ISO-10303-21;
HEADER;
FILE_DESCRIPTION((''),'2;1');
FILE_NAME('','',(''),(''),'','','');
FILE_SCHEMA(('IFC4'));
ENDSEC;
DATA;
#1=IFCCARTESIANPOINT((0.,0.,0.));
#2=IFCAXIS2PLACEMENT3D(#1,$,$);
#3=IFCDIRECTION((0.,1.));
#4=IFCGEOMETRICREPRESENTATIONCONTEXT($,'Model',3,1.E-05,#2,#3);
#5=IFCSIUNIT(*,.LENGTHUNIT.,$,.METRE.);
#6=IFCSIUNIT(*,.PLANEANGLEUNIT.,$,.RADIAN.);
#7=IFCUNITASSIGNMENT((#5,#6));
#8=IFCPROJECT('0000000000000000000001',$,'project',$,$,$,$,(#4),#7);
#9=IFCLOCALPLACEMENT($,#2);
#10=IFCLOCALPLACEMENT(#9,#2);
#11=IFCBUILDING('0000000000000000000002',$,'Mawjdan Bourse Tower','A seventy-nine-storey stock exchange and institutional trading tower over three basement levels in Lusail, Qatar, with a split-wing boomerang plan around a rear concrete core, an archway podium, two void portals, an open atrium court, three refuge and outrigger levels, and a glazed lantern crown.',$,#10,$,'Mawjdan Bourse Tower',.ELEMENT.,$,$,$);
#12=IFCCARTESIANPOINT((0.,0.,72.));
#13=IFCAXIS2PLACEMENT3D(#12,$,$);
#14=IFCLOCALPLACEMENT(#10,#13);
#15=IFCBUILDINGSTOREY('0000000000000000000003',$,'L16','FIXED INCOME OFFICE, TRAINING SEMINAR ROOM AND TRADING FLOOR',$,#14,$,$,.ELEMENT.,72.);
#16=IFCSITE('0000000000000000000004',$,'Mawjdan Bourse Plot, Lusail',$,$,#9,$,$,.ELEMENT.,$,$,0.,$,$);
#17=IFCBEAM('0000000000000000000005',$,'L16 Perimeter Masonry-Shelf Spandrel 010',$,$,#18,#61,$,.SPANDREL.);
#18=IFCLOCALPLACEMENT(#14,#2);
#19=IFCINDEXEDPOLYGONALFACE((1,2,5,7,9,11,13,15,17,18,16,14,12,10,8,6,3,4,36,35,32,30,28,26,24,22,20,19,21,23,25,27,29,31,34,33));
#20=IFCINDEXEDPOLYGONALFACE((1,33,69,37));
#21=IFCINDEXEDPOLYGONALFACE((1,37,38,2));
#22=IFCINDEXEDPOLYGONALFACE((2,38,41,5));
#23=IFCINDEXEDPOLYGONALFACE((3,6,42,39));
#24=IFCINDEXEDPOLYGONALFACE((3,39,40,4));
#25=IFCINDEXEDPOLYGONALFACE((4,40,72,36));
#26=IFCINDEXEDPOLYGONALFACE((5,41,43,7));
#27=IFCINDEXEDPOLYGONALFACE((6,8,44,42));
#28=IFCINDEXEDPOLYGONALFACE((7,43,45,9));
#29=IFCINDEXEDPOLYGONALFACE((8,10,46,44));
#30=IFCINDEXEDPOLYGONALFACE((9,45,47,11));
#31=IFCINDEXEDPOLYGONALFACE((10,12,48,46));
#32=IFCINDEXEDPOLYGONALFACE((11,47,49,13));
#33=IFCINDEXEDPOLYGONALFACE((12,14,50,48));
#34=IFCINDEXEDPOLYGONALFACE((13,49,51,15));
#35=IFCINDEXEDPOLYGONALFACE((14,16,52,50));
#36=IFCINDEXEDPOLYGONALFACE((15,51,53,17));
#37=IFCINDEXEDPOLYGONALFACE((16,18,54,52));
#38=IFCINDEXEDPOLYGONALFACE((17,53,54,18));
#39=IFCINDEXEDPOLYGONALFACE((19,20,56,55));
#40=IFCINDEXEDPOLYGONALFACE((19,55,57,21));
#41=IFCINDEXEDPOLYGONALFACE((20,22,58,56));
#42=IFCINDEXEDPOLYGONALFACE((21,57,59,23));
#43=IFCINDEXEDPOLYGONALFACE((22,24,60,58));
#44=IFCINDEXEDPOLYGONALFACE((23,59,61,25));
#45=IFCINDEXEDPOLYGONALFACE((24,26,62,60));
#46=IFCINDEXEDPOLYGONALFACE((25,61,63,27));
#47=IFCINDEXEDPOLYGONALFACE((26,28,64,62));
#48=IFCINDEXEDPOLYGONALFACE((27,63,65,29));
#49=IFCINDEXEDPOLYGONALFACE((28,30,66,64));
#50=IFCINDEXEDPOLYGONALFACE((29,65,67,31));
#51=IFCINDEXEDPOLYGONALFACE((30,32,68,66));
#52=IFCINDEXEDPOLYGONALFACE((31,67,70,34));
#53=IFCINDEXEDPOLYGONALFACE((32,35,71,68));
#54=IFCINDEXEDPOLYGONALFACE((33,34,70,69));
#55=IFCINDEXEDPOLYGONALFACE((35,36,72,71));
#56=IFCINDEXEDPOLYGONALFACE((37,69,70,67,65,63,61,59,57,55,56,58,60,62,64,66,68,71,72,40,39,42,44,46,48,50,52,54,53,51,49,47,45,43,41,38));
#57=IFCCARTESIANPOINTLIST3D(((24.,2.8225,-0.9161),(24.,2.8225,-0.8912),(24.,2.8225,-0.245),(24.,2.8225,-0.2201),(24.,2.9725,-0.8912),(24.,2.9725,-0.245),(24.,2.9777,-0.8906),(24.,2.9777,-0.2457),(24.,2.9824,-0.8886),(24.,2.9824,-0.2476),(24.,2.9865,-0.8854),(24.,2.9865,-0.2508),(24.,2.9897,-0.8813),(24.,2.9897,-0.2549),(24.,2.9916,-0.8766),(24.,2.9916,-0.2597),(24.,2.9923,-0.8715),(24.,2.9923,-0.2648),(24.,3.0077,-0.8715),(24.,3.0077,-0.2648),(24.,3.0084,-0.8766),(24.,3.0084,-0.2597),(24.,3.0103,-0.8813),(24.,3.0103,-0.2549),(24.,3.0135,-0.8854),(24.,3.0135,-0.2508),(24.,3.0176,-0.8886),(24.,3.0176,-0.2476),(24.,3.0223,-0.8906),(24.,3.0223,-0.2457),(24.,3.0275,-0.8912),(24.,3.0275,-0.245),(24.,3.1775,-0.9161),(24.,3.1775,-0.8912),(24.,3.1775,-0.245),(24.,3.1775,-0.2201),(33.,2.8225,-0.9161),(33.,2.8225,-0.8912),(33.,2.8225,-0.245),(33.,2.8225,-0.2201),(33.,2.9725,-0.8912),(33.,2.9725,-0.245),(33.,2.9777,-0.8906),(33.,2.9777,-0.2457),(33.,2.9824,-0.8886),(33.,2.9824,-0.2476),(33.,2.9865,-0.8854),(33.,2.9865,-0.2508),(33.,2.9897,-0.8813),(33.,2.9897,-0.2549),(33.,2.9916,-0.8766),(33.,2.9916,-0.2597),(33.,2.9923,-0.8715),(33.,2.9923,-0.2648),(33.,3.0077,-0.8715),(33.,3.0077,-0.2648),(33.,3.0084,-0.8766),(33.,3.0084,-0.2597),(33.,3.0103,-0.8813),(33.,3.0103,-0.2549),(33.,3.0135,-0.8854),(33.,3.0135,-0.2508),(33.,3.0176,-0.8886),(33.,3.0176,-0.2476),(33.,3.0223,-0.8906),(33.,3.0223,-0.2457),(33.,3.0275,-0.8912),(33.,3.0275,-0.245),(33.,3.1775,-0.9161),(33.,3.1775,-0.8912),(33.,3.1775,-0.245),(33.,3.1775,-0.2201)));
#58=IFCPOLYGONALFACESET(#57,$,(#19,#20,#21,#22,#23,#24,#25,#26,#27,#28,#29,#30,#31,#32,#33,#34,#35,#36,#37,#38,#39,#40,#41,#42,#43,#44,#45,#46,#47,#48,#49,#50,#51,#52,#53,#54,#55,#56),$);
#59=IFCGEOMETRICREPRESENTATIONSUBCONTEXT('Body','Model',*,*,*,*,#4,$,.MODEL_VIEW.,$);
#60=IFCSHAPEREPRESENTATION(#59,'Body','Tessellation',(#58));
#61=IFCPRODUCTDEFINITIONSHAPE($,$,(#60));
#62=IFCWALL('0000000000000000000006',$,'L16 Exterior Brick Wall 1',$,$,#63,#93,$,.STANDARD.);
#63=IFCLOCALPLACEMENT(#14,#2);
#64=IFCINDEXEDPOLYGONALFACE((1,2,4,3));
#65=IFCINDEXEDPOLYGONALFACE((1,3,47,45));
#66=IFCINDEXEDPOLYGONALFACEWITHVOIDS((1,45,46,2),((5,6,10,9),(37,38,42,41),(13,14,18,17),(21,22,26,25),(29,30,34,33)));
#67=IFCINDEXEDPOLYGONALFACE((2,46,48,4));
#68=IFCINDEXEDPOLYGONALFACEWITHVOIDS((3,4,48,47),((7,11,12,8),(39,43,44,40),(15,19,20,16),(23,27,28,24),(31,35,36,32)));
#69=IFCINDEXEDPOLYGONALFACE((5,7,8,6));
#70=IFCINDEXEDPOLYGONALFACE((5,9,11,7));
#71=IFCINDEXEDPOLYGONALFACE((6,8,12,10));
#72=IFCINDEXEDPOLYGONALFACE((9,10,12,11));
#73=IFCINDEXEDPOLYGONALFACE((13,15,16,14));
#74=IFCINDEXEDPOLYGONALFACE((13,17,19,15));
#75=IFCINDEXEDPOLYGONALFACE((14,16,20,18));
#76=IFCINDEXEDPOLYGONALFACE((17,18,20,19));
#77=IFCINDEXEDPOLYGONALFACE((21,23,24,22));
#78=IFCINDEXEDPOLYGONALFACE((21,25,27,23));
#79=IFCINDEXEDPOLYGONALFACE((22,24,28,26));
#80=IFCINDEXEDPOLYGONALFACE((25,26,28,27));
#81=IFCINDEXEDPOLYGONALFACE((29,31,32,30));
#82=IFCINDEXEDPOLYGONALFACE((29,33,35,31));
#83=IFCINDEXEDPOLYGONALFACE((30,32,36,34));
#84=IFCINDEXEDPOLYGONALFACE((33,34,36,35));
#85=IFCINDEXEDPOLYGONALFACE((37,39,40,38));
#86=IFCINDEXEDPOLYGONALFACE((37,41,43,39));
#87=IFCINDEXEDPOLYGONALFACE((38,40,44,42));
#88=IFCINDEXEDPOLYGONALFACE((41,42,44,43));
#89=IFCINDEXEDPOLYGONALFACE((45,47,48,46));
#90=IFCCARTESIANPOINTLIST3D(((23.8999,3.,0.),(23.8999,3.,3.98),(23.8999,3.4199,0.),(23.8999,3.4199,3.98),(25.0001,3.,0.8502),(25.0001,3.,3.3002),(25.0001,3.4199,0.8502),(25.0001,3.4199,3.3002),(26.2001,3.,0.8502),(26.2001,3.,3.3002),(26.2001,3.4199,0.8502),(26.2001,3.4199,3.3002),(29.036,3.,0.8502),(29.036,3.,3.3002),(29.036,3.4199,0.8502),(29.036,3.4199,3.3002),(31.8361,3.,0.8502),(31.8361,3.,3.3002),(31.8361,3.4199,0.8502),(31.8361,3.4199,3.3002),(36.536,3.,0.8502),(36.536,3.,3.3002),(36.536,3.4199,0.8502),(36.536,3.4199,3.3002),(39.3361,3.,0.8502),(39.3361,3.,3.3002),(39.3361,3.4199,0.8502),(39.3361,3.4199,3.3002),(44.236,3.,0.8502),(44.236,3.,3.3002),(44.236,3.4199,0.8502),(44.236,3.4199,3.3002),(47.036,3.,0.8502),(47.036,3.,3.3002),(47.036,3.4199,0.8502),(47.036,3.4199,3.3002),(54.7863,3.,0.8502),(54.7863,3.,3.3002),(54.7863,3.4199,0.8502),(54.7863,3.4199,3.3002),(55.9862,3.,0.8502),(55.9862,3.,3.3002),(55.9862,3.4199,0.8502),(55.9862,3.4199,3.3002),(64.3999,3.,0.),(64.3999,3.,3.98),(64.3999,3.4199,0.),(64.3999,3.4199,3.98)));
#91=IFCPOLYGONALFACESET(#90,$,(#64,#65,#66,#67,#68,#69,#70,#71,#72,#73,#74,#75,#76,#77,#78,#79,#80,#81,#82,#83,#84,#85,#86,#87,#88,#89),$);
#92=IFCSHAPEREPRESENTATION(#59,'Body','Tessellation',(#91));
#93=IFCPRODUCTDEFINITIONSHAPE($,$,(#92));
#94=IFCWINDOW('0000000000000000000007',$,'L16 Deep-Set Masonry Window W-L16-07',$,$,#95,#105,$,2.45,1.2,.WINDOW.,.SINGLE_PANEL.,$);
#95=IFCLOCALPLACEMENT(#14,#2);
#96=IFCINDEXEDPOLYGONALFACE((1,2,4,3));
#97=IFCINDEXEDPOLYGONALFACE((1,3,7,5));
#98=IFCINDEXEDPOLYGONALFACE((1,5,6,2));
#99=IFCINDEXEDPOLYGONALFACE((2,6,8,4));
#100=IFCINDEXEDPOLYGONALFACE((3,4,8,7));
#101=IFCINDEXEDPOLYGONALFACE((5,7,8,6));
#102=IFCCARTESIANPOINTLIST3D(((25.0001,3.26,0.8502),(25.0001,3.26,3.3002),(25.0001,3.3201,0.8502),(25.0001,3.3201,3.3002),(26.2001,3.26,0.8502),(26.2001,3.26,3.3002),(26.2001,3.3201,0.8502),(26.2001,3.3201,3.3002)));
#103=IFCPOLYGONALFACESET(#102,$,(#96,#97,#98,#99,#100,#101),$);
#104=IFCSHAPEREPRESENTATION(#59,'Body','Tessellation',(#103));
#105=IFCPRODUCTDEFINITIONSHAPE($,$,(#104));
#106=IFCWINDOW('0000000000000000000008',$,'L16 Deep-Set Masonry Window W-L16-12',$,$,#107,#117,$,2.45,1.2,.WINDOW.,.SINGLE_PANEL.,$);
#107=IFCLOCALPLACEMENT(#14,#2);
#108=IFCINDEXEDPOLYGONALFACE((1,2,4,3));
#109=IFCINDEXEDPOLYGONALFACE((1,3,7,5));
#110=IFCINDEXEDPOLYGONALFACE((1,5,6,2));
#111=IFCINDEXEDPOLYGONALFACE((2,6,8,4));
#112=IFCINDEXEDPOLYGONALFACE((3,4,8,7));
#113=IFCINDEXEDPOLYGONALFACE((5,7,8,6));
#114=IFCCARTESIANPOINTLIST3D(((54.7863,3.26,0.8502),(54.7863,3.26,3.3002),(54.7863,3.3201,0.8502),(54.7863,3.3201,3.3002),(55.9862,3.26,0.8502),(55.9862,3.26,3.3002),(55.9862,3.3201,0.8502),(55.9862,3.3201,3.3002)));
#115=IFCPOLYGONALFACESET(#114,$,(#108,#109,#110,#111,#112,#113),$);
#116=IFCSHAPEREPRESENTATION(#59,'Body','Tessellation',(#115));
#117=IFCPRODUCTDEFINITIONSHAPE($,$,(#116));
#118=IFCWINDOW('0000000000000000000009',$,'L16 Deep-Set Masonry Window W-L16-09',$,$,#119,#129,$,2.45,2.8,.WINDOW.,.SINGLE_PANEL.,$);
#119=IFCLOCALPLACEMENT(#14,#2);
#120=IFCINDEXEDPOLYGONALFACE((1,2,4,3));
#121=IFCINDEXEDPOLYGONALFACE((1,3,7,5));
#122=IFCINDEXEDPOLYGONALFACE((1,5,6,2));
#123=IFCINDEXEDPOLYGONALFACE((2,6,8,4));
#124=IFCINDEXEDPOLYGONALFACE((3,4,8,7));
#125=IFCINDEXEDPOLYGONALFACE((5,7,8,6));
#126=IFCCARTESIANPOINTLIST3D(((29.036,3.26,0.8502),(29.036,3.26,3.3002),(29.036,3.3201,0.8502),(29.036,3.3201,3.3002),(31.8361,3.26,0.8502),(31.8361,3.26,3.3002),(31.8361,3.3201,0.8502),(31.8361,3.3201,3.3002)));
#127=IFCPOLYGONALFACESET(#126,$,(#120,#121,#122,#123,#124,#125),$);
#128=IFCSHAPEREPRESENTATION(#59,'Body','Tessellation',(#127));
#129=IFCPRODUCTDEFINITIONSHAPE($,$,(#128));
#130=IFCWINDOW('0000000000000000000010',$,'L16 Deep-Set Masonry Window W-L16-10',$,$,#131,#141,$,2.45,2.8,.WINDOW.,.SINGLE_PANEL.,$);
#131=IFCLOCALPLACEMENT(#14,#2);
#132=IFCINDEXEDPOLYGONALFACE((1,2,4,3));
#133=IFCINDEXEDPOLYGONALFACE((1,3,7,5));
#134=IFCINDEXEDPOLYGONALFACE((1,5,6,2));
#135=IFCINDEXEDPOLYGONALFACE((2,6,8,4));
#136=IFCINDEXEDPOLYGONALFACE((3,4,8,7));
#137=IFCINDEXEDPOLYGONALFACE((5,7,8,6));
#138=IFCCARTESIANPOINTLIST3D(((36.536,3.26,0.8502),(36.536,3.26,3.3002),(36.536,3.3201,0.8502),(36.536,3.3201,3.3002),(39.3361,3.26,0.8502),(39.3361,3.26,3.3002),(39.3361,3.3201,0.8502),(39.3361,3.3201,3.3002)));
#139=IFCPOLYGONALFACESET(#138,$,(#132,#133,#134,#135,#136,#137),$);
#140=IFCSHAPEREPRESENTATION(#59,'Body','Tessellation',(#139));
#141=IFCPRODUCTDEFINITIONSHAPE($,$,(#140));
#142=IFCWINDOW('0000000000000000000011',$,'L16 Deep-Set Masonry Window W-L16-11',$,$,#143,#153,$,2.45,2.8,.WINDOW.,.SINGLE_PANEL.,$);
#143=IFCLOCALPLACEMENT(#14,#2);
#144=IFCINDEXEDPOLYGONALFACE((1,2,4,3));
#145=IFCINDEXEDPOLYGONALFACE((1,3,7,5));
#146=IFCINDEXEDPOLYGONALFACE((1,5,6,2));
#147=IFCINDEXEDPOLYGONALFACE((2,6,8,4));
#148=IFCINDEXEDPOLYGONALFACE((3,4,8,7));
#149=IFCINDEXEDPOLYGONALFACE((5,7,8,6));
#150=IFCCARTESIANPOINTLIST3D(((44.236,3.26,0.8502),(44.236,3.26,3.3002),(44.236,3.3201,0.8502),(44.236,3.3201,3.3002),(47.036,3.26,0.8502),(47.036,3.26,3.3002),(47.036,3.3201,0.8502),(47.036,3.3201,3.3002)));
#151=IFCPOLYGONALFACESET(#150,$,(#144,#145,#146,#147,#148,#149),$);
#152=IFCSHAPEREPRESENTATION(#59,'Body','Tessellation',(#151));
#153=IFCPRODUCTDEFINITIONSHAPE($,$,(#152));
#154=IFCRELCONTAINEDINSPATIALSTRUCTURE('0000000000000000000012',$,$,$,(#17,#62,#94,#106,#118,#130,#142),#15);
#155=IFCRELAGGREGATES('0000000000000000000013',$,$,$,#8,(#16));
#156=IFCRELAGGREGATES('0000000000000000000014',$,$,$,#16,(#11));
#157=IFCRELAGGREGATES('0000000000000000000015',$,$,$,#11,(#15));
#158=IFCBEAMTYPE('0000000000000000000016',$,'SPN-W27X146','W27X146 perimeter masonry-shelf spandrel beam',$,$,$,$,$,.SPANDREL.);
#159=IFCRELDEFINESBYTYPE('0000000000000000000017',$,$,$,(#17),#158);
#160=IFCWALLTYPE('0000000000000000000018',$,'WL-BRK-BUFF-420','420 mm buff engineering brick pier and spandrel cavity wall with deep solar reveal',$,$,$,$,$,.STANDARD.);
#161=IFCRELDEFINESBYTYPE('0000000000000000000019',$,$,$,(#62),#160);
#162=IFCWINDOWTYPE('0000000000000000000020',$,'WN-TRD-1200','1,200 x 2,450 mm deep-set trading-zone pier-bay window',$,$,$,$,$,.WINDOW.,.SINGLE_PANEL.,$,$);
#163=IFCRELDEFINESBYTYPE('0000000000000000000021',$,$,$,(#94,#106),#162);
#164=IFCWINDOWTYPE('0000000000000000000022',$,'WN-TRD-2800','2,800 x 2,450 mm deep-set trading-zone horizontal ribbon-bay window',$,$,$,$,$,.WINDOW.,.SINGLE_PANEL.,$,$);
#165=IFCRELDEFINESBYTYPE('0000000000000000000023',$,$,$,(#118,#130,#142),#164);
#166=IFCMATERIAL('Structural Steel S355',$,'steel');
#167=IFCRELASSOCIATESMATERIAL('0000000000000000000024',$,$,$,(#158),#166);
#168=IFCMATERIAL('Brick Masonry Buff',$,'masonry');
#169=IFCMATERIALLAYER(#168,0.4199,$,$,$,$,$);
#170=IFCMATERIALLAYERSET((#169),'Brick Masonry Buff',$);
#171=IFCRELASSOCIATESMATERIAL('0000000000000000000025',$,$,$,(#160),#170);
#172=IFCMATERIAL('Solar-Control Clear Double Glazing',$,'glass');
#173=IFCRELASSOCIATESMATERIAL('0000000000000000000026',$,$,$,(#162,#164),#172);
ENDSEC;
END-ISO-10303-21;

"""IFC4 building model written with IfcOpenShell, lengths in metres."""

from ifc_helpers import new_model, si_unit, direction, frame, frame_2d, origin, origin_2d, place, context, subcontext, project, spatial, rectangle, i_section, extrude, material, layer, layer_set, material_profile, profile_set, type_object, element, fill, save


model = new_model("IFC4")

# Units and contexts
model_context = context("Model", 3, precision=1e-05, world=origin(), true_north=direction((0.0, 1.0)))
body_context = subcontext(model_context, "Body", "Model", "MODEL_VIEW")
ifc_project = project(units=[si_unit("LENGTHUNIT", "METRE"), si_unit("PLANEANGLEUNIT", "RADIAN")], contexts=[model_context])

# Site, building, storey
site_placement = place(None, origin())
site = spatial("IfcSite", under=ifc_project, at=site_placement, Name="Mawjdan Bourse Plot, Lusail", CompositionType="ELEMENT", RefElevation=0.0)
building_placement = place(site_placement, origin())
building = spatial("IfcBuilding", under=site, at=building_placement, Name="Mawjdan Bourse Tower", Description="A seventy-nine-storey stock exchange and institutional trading tower over three basement levels in Lusail, Qatar, with a split-wing boomerang plan around a rear concrete core, an archway podium, two void portals, an open atrium court, three refuge and outrigger levels, and a glazed lantern crown.", LongName="Mawjdan Bourse Tower", CompositionType="ELEMENT")
storey_placement = place(building_placement, frame((0.0, 0.0, 72.0)))
storey = spatial("IfcBuildingStorey", under=building, at=storey_placement, Name="L16", Description="FIXED INCOME OFFICE, TRAINING SEMINAR ROOM AND TRADING FLOOR", CompositionType="ELEMENT", Elevation=72.0)

# Beam
ifc_material_1 = material(Name="Structural Steel S355", Category="steel")
ifc_material_profile_1 = material_profile(ifc_material_1, i_section(OverallWidth=0.355, OverallDepth=0.696, WebThickness=0.0154, FlangeThickness=0.0249, FilletRadius=0.0198, at=origin_2d()), Name="W27X146")
ifc_profile_set_1 = profile_set([ifc_material_profile_1], Name="Structural Steel S355")
beam_type_1 = type_object("IfcBeamType", Name="SPN-W27X146", Description="W27X146 perimeter masonry-shelf spandrel beam", PredefinedType="SPANDREL", material=ifc_profile_set_1)
beam_1_placement = place(storey_placement, frame((24.0, 3.0, -0.5681), z_axis=(1.0, 0.0, 0.0), x_axis=(0.0, 1.0, 0.0)))
element("IfcBeam", 1, at=beam_1_placement, inside=storey, type_object=beam_type_1, Name="L16 Perimeter Masonry-Shelf Spandrel 010", PredefinedType="SPANDREL", context=body_context, shape_type="SweptSolid", body=[
    extrude(i_section(OverallWidth=0.355, OverallDepth=0.696, WebThickness=0.0154, FlangeThickness=0.0249, FilletRadius=0.0198, at=origin_2d()), origin(), (0.0, 0.0, 1.0), 9.0),
])

# Wall, openings, windows
ifc_material_2 = material(Name="Brick Masonry Buff", Category="masonry")
ifc_layer_1 = layer(ifc_material_2, 0.4199)
ifc_layer_set_1 = layer_set([ifc_layer_1], Name="Brick Masonry Buff")
wall_type_1 = type_object("IfcWallType", Name="WL-BRK-BUFF-420", Description="420 mm buff engineering brick pier and spandrel cavity wall with deep solar reveal", PredefinedType="STANDARD", material=ifc_layer_set_1)
wall_1_placement = place(storey_placement, frame((23.8999, 3.21, 0.0), z_axis=(0.0, 0.0, 1.0), x_axis=(1.0, 0.0, 0.0)))
wall_1 = element("IfcWall", 2, at=wall_1_placement, inside=storey, type_object=wall_type_1, Name="L16 Exterior Brick Wall 1", PredefinedType="STANDARD", context=body_context, shape_type="SweptSolid", body=[
    extrude(rectangle(XDim=40.5, YDim=0.4199, at=frame_2d((20.25, 0.0))), origin(), (0.0, 0.0, 1.0), 3.98),
])
opening_1_placement = place(wall_1_placement, frame((1.1001, 0.0, 0.8501)))
opening_1 = element("IfcOpeningElement", 3, at=opening_1_placement, cuts=wall_1, PredefinedType="OPENING", context=body_context, shape_type="SweptSolid", body=[
    extrude(rectangle(XDim=1.2, YDim=2.45, at=frame_2d((0.6001, 1.2251))), frame((0.0, 0.22, 0.0), z_axis=(0.0, -1.0, 0.0), x_axis=(1.0, 0.0, 0.0)), (0.0, 0.0, 1.0), 0.4399),
])
opening_2_placement = place(wall_1_placement, frame((5.1362, 0.0, 0.8501)))
opening_2 = element("IfcOpeningElement", 4, at=opening_2_placement, cuts=wall_1, PredefinedType="OPENING", context=body_context, shape_type="SweptSolid", body=[
    extrude(rectangle(XDim=2.8, YDim=2.45, at=frame_2d((1.3999, 1.2251))), frame((0.0, 0.22, 0.0), z_axis=(0.0, -1.0, 0.0), x_axis=(1.0, 0.0, 0.0)), (0.0, 0.0, 1.0), 0.4399),
])
opening_3_placement = place(wall_1_placement, frame((12.6362, 0.0, 0.8501)))
opening_3 = element("IfcOpeningElement", 5, at=opening_3_placement, cuts=wall_1, PredefinedType="OPENING", context=body_context, shape_type="SweptSolid", body=[
    extrude(rectangle(XDim=2.8, YDim=2.45, at=frame_2d((1.3999, 1.2251))), frame((0.0, 0.22, 0.0), z_axis=(0.0, -1.0, 0.0), x_axis=(1.0, 0.0, 0.0)), (0.0, 0.0, 1.0), 0.4399),
])
opening_4_placement = place(wall_1_placement, frame((20.3362, 0.0, 0.8501)))
opening_4 = element("IfcOpeningElement", 6, at=opening_4_placement, cuts=wall_1, PredefinedType="OPENING", context=body_context, shape_type="SweptSolid", body=[
    extrude(rectangle(XDim=2.8, YDim=2.45, at=frame_2d((1.3999, 1.2251))), frame((0.0, 0.22, 0.0), z_axis=(0.0, -1.0, 0.0), x_axis=(1.0, 0.0, 0.0)), (0.0, 0.0, 1.0), 0.4399),
])
opening_5_placement = place(wall_1_placement, frame((30.8862, 0.0, 0.8501)))
opening_5 = element("IfcOpeningElement", 7, at=opening_5_placement, cuts=wall_1, PredefinedType="OPENING", context=body_context, shape_type="SweptSolid", body=[
    extrude(rectangle(XDim=1.2, YDim=2.45, at=frame_2d((0.6001, 1.2251))), frame((0.0, 0.22, 0.0), z_axis=(0.0, -1.0, 0.0), x_axis=(1.0, 0.0, 0.0)), (0.0, 0.0, 1.0), 0.4399),
])
ifc_material_3 = material(Name="Solar-Control Clear Double Glazing", Category="glass")
window_type_1 = type_object("IfcWindowType", Name="WN-TRD-1200", Description="1,200 x 2,450 mm deep-set trading-zone pier-bay window", PartitioningType="SINGLE_PANEL", PredefinedType="WINDOW", material=ifc_material_3)
window_1_placement = place(opening_1_placement, origin())
window_1 = element("IfcWindow", 8, at=window_1_placement, inside=storey, type_object=window_type_1, Name="L16 Deep-Set Masonry Window W-L16-07", OverallHeight=2.45, OverallWidth=1.2, PartitioningType="SINGLE_PANEL", PredefinedType="WINDOW", context=body_context, shape_type="SweptSolid", body=[
    extrude(rectangle(XDim=1.2, YDim=2.45, at=frame_2d((0.6001, 1.2251))), frame((0.0, 0.1101, 0.0), z_axis=(0.0, -1.0, 0.0), x_axis=(1.0, 0.0, 0.0)), (0.0, 0.0, 1.0), 0.0601),
])
fill(opening_1, window_1)
window_2_placement = place(opening_5_placement, origin())
window_2 = element("IfcWindow", 9, at=window_2_placement, inside=storey, type_object=window_type_1, Name="L16 Deep-Set Masonry Window W-L16-12", OverallHeight=2.45, OverallWidth=1.2, PartitioningType="SINGLE_PANEL", PredefinedType="WINDOW", context=body_context, shape_type="SweptSolid", body=[
    extrude(rectangle(XDim=1.2, YDim=2.45, at=frame_2d((0.6001, 1.2251))), frame((0.0, 0.1101, 0.0), z_axis=(0.0, -1.0, 0.0), x_axis=(1.0, 0.0, 0.0)), (0.0, 0.0, 1.0), 0.0601),
])
fill(opening_5, window_2)
window_type_2 = type_object("IfcWindowType", Name="WN-TRD-2800", Description="2,800 x 2,450 mm deep-set trading-zone horizontal ribbon-bay window", PartitioningType="SINGLE_PANEL", PredefinedType="WINDOW", material=ifc_material_3)
window_3_placement = place(opening_2_placement, origin())
window_3 = element("IfcWindow", 10, at=window_3_placement, inside=storey, type_object=window_type_2, Name="L16 Deep-Set Masonry Window W-L16-09", OverallHeight=2.45, OverallWidth=2.8, PartitioningType="SINGLE_PANEL", PredefinedType="WINDOW", context=body_context, shape_type="SweptSolid", body=[
    extrude(rectangle(XDim=2.8, YDim=2.45, at=frame_2d((1.3999, 1.2251))), frame((0.0, 0.1101, 0.0), z_axis=(0.0, -1.0, 0.0), x_axis=(1.0, 0.0, 0.0)), (0.0, 0.0, 1.0), 0.0601),
])
fill(opening_2, window_3)
window_4_placement = place(opening_3_placement, origin())
window_4 = element("IfcWindow", 11, at=window_4_placement, inside=storey, type_object=window_type_2, Name="L16 Deep-Set Masonry Window W-L16-10", OverallHeight=2.45, OverallWidth=2.8, PartitioningType="SINGLE_PANEL", PredefinedType="WINDOW", context=body_context, shape_type="SweptSolid", body=[
    extrude(rectangle(XDim=2.8, YDim=2.45, at=frame_2d((1.3999, 1.2251))), frame((0.0, 0.1101, 0.0), z_axis=(0.0, -1.0, 0.0), x_axis=(1.0, 0.0, 0.0)), (0.0, 0.0, 1.0), 0.0601),
])
fill(opening_3, window_4)
window_5_placement = place(opening_4_placement, origin())
window_5 = element("IfcWindow", 12, at=window_5_placement, inside=storey, type_object=window_type_2, Name="L16 Deep-Set Masonry Window W-L16-11", OverallHeight=2.45, OverallWidth=2.8, PartitioningType="SINGLE_PANEL", PredefinedType="WINDOW", context=body_context, shape_type="SweptSolid", body=[
    extrude(rectangle(XDim=2.8, YDim=2.45, at=frame_2d((1.3999, 1.2251))), frame((0.0, 0.1101, 0.0), z_axis=(0.0, -1.0, 0.0), x_axis=(1.0, 0.0, 0.0)), (0.0, 0.0, 1.0), 0.0601),
])
fill(opening_4, window_5)

save(model, "model.ifc")
